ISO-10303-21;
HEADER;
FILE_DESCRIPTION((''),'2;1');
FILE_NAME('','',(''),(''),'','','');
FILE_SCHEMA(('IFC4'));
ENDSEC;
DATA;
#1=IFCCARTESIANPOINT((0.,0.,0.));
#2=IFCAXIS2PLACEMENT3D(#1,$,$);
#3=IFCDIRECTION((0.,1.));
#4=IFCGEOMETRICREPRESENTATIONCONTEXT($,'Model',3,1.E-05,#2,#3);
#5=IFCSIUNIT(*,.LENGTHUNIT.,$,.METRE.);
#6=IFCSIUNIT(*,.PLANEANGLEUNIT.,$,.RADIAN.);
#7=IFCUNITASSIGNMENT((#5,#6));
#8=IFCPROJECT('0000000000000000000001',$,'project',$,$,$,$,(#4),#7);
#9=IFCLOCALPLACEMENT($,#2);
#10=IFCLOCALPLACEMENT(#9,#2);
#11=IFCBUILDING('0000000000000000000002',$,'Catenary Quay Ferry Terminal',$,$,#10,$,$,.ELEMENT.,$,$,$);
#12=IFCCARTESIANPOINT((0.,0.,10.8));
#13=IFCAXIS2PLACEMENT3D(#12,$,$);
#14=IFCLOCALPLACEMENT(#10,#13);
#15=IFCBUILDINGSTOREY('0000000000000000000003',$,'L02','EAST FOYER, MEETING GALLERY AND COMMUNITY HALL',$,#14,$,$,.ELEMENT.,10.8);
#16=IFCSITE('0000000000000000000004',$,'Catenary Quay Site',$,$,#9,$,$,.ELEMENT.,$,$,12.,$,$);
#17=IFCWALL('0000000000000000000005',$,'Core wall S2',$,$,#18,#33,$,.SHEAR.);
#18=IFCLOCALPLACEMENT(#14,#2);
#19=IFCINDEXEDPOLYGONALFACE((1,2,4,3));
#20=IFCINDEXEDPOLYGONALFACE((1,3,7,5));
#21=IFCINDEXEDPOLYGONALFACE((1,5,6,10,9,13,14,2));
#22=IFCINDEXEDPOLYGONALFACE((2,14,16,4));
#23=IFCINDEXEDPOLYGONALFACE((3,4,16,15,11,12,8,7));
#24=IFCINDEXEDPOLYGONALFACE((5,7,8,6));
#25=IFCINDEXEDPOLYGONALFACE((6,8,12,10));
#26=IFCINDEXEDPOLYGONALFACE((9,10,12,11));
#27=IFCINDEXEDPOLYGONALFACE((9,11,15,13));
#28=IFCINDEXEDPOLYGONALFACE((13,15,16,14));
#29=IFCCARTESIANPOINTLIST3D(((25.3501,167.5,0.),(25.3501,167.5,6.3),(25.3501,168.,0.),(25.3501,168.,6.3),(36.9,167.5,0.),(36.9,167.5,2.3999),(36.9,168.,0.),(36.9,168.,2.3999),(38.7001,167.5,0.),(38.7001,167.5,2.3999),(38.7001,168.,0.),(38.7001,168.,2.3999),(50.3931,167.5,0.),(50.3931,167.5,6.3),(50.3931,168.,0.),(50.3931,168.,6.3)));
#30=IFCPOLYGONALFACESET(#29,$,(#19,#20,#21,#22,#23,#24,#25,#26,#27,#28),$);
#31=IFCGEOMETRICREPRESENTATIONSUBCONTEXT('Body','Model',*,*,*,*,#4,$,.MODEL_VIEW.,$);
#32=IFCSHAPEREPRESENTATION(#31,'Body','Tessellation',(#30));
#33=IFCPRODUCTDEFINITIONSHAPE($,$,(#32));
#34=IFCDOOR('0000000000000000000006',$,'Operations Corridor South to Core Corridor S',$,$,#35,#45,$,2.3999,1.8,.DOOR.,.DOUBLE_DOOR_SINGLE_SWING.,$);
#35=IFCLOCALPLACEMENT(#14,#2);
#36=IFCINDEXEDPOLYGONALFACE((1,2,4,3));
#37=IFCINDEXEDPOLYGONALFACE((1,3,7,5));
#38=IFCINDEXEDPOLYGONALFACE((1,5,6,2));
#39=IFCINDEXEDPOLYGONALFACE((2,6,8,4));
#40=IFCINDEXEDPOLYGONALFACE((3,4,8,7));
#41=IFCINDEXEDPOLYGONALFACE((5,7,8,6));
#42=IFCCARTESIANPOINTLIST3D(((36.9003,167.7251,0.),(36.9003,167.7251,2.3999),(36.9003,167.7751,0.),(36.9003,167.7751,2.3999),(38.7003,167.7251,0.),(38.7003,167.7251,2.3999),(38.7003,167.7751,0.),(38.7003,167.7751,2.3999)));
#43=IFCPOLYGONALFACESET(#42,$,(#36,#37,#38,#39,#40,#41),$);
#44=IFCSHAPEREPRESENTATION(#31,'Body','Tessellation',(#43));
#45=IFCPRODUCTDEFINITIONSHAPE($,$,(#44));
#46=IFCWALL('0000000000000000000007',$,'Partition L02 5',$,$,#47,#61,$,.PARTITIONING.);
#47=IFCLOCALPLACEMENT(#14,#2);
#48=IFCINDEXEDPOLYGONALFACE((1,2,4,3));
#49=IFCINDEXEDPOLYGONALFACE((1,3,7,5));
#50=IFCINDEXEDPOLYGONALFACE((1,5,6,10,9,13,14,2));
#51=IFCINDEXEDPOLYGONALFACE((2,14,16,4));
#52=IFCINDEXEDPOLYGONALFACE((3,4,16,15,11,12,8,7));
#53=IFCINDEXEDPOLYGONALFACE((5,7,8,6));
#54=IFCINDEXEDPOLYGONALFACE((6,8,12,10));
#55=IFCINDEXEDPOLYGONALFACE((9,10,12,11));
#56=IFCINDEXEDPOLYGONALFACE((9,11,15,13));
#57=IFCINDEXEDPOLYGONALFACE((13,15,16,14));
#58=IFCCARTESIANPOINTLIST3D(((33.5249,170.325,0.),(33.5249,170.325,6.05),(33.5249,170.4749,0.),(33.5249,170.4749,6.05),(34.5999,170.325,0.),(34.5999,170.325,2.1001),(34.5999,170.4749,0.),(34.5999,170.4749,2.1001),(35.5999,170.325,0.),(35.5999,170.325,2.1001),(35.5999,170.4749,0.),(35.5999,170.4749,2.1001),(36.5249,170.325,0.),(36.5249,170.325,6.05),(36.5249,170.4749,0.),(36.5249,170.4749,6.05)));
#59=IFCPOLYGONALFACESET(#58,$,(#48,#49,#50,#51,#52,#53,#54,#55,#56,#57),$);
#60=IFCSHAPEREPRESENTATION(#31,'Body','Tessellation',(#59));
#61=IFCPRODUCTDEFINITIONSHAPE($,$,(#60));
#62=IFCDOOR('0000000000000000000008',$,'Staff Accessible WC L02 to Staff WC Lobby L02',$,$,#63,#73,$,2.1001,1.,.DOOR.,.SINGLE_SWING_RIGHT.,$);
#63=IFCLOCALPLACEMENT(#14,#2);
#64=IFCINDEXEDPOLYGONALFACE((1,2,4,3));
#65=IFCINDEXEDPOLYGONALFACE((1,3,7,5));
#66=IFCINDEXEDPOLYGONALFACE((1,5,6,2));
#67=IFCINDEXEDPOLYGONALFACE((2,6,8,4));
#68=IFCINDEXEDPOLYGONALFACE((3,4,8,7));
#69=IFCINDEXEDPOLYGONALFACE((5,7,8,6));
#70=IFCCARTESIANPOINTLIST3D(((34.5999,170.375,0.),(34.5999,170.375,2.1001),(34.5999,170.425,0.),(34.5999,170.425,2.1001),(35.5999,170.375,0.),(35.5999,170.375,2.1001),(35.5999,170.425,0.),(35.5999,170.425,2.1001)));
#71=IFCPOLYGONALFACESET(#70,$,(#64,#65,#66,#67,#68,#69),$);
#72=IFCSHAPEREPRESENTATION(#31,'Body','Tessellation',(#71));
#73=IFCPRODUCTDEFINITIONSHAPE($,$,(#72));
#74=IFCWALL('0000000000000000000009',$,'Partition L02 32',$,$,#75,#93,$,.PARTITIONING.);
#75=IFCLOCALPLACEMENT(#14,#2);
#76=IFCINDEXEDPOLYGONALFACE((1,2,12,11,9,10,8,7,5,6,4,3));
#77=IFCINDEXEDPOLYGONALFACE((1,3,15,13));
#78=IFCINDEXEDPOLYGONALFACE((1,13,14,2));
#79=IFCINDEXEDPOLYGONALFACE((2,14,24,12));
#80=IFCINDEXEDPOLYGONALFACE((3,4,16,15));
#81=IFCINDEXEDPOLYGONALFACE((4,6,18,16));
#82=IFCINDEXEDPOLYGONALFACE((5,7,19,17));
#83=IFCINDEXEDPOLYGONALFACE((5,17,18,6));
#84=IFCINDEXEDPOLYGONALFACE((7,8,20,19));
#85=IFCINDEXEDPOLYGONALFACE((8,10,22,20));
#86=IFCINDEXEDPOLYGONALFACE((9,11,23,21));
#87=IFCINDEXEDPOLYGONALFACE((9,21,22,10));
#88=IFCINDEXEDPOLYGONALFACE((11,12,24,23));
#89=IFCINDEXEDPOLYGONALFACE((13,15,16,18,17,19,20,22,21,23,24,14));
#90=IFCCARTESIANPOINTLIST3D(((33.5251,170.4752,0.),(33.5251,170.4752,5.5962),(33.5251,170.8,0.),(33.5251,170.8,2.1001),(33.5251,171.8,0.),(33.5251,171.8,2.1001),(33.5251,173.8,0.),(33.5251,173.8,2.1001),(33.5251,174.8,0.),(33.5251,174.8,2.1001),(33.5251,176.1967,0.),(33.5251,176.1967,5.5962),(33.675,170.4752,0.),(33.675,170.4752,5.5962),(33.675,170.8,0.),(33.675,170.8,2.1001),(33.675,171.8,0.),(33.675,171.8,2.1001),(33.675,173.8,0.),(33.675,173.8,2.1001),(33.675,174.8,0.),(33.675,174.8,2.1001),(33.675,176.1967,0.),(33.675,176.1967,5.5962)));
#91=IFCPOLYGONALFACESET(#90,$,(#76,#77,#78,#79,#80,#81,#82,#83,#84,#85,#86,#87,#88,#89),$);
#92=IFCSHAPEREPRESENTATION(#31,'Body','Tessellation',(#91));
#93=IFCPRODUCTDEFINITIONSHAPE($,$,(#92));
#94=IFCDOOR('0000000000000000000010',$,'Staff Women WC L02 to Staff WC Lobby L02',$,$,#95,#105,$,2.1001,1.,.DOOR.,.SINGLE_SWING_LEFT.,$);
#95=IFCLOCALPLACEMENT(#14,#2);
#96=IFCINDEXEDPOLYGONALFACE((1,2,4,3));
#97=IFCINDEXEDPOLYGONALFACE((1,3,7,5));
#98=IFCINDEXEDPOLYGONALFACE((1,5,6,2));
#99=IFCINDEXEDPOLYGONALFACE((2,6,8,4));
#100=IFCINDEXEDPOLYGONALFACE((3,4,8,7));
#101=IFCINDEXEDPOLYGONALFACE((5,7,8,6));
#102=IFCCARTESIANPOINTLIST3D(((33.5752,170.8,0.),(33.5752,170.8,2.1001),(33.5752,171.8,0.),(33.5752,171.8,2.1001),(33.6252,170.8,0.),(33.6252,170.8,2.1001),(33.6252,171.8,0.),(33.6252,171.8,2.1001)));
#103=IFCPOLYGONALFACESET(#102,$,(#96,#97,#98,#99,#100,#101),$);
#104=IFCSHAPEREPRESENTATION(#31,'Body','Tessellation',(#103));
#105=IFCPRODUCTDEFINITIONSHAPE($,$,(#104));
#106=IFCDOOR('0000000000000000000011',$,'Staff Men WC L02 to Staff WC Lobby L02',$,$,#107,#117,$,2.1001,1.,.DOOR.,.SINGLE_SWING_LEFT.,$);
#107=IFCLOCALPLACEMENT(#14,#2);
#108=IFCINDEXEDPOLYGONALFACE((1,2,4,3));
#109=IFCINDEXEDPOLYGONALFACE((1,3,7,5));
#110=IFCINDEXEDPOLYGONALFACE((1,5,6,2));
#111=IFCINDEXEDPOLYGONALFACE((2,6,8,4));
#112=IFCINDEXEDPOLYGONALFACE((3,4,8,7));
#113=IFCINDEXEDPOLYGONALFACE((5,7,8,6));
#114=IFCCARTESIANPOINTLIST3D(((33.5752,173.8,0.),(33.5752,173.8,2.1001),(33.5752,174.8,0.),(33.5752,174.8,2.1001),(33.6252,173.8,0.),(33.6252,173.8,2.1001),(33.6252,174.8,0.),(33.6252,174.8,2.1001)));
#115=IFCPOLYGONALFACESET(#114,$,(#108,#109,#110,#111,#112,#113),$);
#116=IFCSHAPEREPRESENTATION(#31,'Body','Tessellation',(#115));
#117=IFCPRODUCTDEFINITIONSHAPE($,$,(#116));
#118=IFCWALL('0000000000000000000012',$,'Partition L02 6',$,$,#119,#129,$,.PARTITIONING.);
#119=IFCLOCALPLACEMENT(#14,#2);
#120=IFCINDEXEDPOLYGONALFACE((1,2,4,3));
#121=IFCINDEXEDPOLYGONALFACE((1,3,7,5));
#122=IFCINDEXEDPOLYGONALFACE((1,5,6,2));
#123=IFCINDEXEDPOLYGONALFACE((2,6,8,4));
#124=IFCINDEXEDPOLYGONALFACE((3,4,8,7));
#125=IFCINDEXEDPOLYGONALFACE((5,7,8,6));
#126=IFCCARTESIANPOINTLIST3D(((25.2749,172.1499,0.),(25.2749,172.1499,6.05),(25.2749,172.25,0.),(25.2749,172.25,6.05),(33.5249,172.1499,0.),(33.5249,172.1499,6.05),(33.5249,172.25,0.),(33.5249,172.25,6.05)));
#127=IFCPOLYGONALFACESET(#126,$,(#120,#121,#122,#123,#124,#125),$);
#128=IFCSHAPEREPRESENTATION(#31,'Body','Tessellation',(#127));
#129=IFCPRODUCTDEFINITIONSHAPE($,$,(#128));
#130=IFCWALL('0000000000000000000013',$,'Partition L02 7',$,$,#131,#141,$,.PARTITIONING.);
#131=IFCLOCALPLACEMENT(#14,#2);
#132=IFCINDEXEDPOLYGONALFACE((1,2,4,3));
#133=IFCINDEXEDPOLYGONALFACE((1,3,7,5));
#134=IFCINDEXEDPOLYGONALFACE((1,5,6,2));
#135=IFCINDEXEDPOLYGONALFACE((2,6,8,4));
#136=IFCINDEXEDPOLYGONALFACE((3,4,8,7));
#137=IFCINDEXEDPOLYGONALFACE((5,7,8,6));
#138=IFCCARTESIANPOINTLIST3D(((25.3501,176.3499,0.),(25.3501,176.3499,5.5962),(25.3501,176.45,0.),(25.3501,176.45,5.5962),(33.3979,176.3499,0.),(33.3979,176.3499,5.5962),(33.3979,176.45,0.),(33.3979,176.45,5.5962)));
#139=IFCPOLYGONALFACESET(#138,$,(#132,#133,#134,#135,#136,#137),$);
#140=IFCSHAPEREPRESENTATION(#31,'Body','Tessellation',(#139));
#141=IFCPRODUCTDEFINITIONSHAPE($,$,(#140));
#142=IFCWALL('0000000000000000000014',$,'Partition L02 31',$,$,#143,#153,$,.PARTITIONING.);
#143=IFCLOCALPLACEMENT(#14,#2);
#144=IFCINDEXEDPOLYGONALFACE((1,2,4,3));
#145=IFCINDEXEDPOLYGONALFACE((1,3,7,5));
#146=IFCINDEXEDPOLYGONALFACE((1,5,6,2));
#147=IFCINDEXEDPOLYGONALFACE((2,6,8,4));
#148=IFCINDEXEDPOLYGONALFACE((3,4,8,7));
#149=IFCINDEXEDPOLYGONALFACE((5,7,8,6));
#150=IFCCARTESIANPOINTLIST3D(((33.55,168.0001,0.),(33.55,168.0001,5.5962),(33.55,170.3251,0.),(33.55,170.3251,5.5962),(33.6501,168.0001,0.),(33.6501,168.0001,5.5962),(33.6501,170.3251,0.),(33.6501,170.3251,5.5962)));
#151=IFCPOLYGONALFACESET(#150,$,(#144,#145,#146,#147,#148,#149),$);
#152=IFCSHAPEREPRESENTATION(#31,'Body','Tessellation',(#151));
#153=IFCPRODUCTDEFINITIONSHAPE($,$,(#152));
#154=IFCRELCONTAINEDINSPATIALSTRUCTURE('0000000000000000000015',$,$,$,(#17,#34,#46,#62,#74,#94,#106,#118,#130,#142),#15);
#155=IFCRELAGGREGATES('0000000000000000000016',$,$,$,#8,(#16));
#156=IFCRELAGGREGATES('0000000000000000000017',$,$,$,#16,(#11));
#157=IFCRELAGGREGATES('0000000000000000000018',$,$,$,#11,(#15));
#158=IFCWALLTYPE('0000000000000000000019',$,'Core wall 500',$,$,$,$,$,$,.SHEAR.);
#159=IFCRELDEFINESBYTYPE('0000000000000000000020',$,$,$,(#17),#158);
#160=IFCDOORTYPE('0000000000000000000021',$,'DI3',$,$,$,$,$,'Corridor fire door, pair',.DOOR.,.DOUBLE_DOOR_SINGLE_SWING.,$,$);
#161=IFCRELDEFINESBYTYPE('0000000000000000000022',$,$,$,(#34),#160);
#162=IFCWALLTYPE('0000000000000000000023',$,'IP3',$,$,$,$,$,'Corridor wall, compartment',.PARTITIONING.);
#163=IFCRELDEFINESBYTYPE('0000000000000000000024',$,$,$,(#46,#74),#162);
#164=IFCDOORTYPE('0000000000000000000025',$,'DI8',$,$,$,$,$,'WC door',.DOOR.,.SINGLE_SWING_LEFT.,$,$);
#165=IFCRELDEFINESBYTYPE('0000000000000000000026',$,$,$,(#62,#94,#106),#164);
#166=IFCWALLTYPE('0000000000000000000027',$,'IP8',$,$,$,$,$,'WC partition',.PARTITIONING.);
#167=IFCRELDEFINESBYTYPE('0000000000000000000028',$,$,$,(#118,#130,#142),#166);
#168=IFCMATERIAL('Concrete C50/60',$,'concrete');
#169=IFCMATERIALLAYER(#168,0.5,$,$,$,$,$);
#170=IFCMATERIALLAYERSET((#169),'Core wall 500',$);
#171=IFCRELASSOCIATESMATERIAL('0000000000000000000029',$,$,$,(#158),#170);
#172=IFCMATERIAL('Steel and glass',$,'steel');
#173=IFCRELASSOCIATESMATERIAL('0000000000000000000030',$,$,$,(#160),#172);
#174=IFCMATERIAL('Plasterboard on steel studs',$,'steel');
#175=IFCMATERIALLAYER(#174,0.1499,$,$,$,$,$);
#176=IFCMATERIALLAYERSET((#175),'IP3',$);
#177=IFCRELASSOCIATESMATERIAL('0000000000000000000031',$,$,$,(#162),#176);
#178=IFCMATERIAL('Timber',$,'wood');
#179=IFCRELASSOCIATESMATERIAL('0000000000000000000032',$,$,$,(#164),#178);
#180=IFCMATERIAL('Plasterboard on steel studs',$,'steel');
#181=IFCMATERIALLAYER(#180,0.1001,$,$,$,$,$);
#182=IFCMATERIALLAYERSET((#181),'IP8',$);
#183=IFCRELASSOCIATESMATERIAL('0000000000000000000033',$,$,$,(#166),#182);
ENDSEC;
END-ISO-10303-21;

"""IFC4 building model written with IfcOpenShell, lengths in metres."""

from ifc_helpers import new_model, si_unit, direction, frame, frame_2d, origin, place, context, subcontext, project, spatial, rectangle, extrude, material, layer, layer_set, type_object, element, fill, save


model = new_model("IFC4")

# Units and contexts
model_context = context("Model", 3, precision=1e-05, world=origin(), true_north=direction((0.0, 1.0)))
body_context = subcontext(model_context, "Body", "Model", "MODEL_VIEW")
ifc_project = project(units=[si_unit("LENGTHUNIT", "METRE"), si_unit("PLANEANGLEUNIT", "RADIAN")], contexts=[model_context])

# Site, building, storey
site_placement = place(None, origin())
site = spatial("IfcSite", under=ifc_project, at=site_placement, Name="Catenary Quay Site", CompositionType="ELEMENT", RefElevation=12.0)
building_placement = place(site_placement, origin())
building = spatial("IfcBuilding", under=site, at=building_placement, Name="Catenary Quay Ferry Terminal", CompositionType="ELEMENT")
storey_placement = place(building_placement, frame((0.0, 0.0, 10.8)))
storey = spatial("IfcBuildingStorey", under=building, at=storey_placement, Name="L02", Description="EAST FOYER, MEETING GALLERY AND COMMUNITY HALL", CompositionType="ELEMENT", Elevation=10.8)

# Walls, openings, doors
ifc_material_1 = material(Name="Concrete C50/60", Category="concrete")
ifc_layer_1 = layer(ifc_material_1, 0.5)
ifc_layer_set_1 = layer_set([ifc_layer_1], Name="Core wall 500")
wall_type_1 = type_object("IfcWallType", Name="Core wall 500", PredefinedType="SHEAR", material=ifc_layer_set_1)
wall_1_placement = place(storey_placement, frame((25.3501, 167.75, 0.0), z_axis=(0.0, 0.0, 1.0), x_axis=(1.0, 0.0, 0.0)))
wall_1 = element("IfcWall", 1, at=wall_1_placement, inside=storey, type_object=wall_type_1, Name="Core wall S2", PredefinedType="SHEAR", context=body_context, shape_type="SweptSolid", body=[
    extrude(rectangle(XDim=25.043, YDim=0.5, at=frame_2d((12.5215, 0.0))), origin(), (0.0, 0.0, 1.0), 6.3),
])
opening_1_placement = place(wall_1_placement, frame((11.55, 0.0, 0.0)))
opening_1 = element("IfcOpeningElement", 2, at=opening_1_placement, cuts=wall_1, PredefinedType="OPENING", context=body_context, shape_type="SweptSolid", body=[
    extrude(rectangle(XDim=1.8, YDim=2.3999, at=frame_2d((0.8999, 1.2))), frame((0.0, 0.26, 0.0), z_axis=(0.0, -1.0, 0.0), x_axis=(1.0, 0.0, 0.0)), (0.0, 0.0, 1.0), 0.52),
])
ifc_material_2 = material(Name="Steel and glass", Category="steel")
door_type_1 = type_object("IfcDoorType", Name="DI3", ElementType="Corridor fire door, pair", OperationType="DOUBLE_DOOR_SINGLE_SWING", PredefinedType="DOOR", material=ifc_material_2)
door_1_placement = place(opening_1_placement, frame((1.8, 0.0, 0.0), z_axis=(0.0, 0.0, 1.0), x_axis=(-1.0, 0.0, 0.0)))
door_1 = element("IfcDoor", 3, at=door_1_placement, inside=storey, type_object=door_type_1, Name="Operations Corridor South to Core Corridor S", OperationType="DOUBLE_DOOR_SINGLE_SWING", OverallHeight=2.3999, OverallWidth=1.8, PredefinedType="DOOR", context=body_context, shape_type="SweptSolid", body=[
    extrude(rectangle(XDim=1.8, YDim=2.3999, at=frame_2d((0.8999, 1.2))), frame((0.0, 0.0249, 0.0), z_axis=(0.0, -1.0, 0.0), x_axis=(1.0, 0.0, 0.0)), (0.0, 0.0, 1.0), 0.05),
])
fill(opening_1, door_1)
ifc_material_3 = material(Name="Plasterboard on steel studs", Category="steel")
ifc_layer_2 = layer(ifc_material_3, 0.1499)
ifc_layer_set_2 = layer_set([ifc_layer_2], Name="IP3")
wall_type_2 = type_object("IfcWallType", Name="IP3", ElementType="Corridor wall, compartment", PredefinedType="PARTITIONING", material=ifc_layer_set_2)
wall_2_placement = place(storey_placement, frame((33.5249, 170.3999, 0.0), z_axis=(0.0, 0.0, 1.0), x_axis=(1.0, 0.0, 0.0)))
wall_2 = element("IfcWall", 4, at=wall_2_placement, inside=storey, type_object=wall_type_2, Name="Partition L02 5", PredefinedType="PARTITIONING", context=body_context, shape_type="SweptSolid", body=[
    extrude(rectangle(XDim=3.0, YDim=0.1499, at=frame_2d((1.5, 0.0))), origin(), (0.0, 0.0, 1.0), 6.05),
])
opening_2_placement = place(wall_2_placement, frame((1.075, 0.0, 0.0)))
opening_2 = element("IfcOpeningElement", 5, at=opening_2_placement, cuts=wall_2, PredefinedType="OPENING", context=body_context, shape_type="SweptSolid", body=[
    extrude(rectangle(XDim=1.0, YDim=2.1001, at=frame_2d((0.5, 1.05))), frame((0.0, 0.085, 0.0), z_axis=(0.0, -1.0, 0.0), x_axis=(1.0, 0.0, 0.0)), (0.0, 0.0, 1.0), 0.1699),
])
ifc_material_4 = material(Name="Timber", Category="wood")
door_type_2 = type_object("IfcDoorType", Name="DI8", ElementType="WC door", OperationType="SINGLE_SWING_LEFT", PredefinedType="DOOR", material=ifc_material_4)
door_2_placement = place(opening_2_placement, frame((1.0, 0.0, 0.0), z_axis=(0.0, 0.0, 1.0), x_axis=(-1.0, 0.0, 0.0)))
door_2 = element("IfcDoor", 6, at=door_2_placement, inside=storey, type_object=door_type_2, Name="Staff Accessible WC L02 to Staff WC Lobby L02", OperationType="SINGLE_SWING_RIGHT", OverallHeight=2.1001, OverallWidth=1.0, PredefinedType="DOOR", context=body_context, shape_type="SweptSolid", body=[
    extrude(rectangle(XDim=1.0, YDim=2.1001, at=frame_2d((0.5, 1.05))), frame((0.0, 0.0249, 0.0), z_axis=(0.0, -1.0, 0.0), x_axis=(1.0, 0.0, 0.0)), (0.0, 0.0, 1.0), 0.05),
])
fill(opening_2, door_2)

# Wall, openings, doors
wall_3_placement = place(storey_placement, frame((33.6001, 170.4751, 0.0), z_axis=(0.0, 0.0, 1.0), x_axis=(0.0, 1.0, 0.0)))
wall_3 = element("IfcWall", 7, at=wall_3_placement, inside=storey, type_object=wall_type_2, Name="Partition L02 32", PredefinedType="PARTITIONING", context=body_context, shape_type="SweptSolid", body=[
    extrude(rectangle(XDim=5.7214, YDim=0.1499, at=frame_2d((2.8608, 0.0))), origin(), (0.0, 0.0, 1.0), 5.5962),
])
opening_3_placement = place(wall_3_placement, frame((0.325, 0.0, 0.0)))
opening_3 = element("IfcOpeningElement", 8, at=opening_3_placement, cuts=wall_3, PredefinedType="OPENING", context=body_context, shape_type="SweptSolid", body=[
    extrude(rectangle(XDim=1.0, YDim=2.1001, at=frame_2d((0.5, 1.05))), frame((0.0, 0.085, 0.0), z_axis=(0.0, -1.0, 0.0), x_axis=(1.0, 0.0, 0.0)), (0.0, 0.0, 1.0), 0.1699),
])
opening_4_placement = place(wall_3_placement, frame((3.325, 0.0, 0.0)))
opening_4 = element("IfcOpeningElement", 9, at=opening_4_placement, cuts=wall_3, PredefinedType="OPENING", context=body_context, shape_type="SweptSolid", body=[
    extrude(rectangle(XDim=1.0, YDim=2.1001, at=frame_2d((0.5, 1.05))), frame((0.0, 0.085, 0.0), z_axis=(0.0, -1.0, 0.0), x_axis=(1.0, 0.0, 0.0)), (0.0, 0.0, 1.0), 0.1699),
])
door_3_placement = place(opening_3_placement, origin())
door_3 = element("IfcDoor", 10, at=door_3_placement, inside=storey, type_object=door_type_2, Name="Staff Women WC L02 to Staff WC Lobby L02", OperationType="SINGLE_SWING_LEFT", OverallHeight=2.1001, OverallWidth=1.0, PredefinedType="DOOR", context=body_context, shape_type="SweptSolid", body=[
    extrude(rectangle(XDim=1.0, YDim=2.1001, at=frame_2d((0.5, 1.05))), frame((0.0, 0.0249, 0.0), z_axis=(0.0, -1.0, 0.0), x_axis=(1.0, 0.0, 0.0)), (0.0, 0.0, 1.0), 0.05),
])
fill(opening_3, door_3)
door_4_placement = place(opening_4_placement, origin())
door_4 = element("IfcDoor", 11, at=door_4_placement, inside=storey, type_object=door_type_2, Name="Staff Men WC L02 to Staff WC Lobby L02", OperationType="SINGLE_SWING_LEFT", OverallHeight=2.1001, OverallWidth=1.0, PredefinedType="DOOR", context=body_context, shape_type="SweptSolid", body=[
    extrude(rectangle(XDim=1.0, YDim=2.1001, at=frame_2d((0.5, 1.05))), frame((0.0, 0.0249, 0.0), z_axis=(0.0, -1.0, 0.0), x_axis=(1.0, 0.0, 0.0)), (0.0, 0.0, 1.0), 0.05),
])
fill(opening_4, door_4)

# Walls
ifc_material_5 = material(Name="Plasterboard on steel studs", Category="steel")
ifc_layer_3 = layer(ifc_material_5, 0.1001)
ifc_layer_set_3 = layer_set([ifc_layer_3], Name="IP8")
wall_type_3 = type_object("IfcWallType", Name="IP8", ElementType="WC partition", PredefinedType="PARTITIONING", material=ifc_layer_set_3)
wall_4_placement = place(storey_placement, frame((25.2749, 172.2, 0.0), z_axis=(0.0, 0.0, 1.0), x_axis=(1.0, 0.0, 0.0)))
element("IfcWall", 12, at=wall_4_placement, inside=storey, type_object=wall_type_3, Name="Partition L02 6", PredefinedType="PARTITIONING", context=body_context, shape_type="SweptSolid", body=[
    extrude(rectangle(XDim=8.25, YDim=0.1001, at=frame_2d((4.125, 0.0))), origin(), (0.0, 0.0, 1.0), 6.05),
])
wall_5_placement = place(storey_placement, frame((25.3501, 176.3999, 0.0), z_axis=(0.0, 0.0, 1.0), x_axis=(1.0, 0.0, 0.0)))
element("IfcWall", 13, at=wall_5_placement, inside=storey, type_object=wall_type_3, Name="Partition L02 7", PredefinedType="PARTITIONING", context=body_context, shape_type="SweptSolid", body=[
    extrude(rectangle(XDim=8.0479, YDim=0.1001, at=frame_2d((4.0239, 0.0))), origin(), (0.0, 0.0, 1.0), 5.5962),
])
wall_6_placement = place(storey_placement, frame((33.6001, 168.0, 0.0), z_axis=(0.0, 0.0, 1.0), x_axis=(0.0, 1.0, 0.0)))
element("IfcWall", 14, at=wall_6_placement, inside=storey, type_object=wall_type_3, Name="Partition L02 31", PredefinedType="PARTITIONING", context=body_context, shape_type="SweptSolid", body=[
    extrude(rectangle(XDim=2.325, YDim=0.1001, at=frame_2d((1.1626, 0.0))), origin(), (0.0, 0.0, 1.0), 5.5962),
])

save(model, "model.ifc")
